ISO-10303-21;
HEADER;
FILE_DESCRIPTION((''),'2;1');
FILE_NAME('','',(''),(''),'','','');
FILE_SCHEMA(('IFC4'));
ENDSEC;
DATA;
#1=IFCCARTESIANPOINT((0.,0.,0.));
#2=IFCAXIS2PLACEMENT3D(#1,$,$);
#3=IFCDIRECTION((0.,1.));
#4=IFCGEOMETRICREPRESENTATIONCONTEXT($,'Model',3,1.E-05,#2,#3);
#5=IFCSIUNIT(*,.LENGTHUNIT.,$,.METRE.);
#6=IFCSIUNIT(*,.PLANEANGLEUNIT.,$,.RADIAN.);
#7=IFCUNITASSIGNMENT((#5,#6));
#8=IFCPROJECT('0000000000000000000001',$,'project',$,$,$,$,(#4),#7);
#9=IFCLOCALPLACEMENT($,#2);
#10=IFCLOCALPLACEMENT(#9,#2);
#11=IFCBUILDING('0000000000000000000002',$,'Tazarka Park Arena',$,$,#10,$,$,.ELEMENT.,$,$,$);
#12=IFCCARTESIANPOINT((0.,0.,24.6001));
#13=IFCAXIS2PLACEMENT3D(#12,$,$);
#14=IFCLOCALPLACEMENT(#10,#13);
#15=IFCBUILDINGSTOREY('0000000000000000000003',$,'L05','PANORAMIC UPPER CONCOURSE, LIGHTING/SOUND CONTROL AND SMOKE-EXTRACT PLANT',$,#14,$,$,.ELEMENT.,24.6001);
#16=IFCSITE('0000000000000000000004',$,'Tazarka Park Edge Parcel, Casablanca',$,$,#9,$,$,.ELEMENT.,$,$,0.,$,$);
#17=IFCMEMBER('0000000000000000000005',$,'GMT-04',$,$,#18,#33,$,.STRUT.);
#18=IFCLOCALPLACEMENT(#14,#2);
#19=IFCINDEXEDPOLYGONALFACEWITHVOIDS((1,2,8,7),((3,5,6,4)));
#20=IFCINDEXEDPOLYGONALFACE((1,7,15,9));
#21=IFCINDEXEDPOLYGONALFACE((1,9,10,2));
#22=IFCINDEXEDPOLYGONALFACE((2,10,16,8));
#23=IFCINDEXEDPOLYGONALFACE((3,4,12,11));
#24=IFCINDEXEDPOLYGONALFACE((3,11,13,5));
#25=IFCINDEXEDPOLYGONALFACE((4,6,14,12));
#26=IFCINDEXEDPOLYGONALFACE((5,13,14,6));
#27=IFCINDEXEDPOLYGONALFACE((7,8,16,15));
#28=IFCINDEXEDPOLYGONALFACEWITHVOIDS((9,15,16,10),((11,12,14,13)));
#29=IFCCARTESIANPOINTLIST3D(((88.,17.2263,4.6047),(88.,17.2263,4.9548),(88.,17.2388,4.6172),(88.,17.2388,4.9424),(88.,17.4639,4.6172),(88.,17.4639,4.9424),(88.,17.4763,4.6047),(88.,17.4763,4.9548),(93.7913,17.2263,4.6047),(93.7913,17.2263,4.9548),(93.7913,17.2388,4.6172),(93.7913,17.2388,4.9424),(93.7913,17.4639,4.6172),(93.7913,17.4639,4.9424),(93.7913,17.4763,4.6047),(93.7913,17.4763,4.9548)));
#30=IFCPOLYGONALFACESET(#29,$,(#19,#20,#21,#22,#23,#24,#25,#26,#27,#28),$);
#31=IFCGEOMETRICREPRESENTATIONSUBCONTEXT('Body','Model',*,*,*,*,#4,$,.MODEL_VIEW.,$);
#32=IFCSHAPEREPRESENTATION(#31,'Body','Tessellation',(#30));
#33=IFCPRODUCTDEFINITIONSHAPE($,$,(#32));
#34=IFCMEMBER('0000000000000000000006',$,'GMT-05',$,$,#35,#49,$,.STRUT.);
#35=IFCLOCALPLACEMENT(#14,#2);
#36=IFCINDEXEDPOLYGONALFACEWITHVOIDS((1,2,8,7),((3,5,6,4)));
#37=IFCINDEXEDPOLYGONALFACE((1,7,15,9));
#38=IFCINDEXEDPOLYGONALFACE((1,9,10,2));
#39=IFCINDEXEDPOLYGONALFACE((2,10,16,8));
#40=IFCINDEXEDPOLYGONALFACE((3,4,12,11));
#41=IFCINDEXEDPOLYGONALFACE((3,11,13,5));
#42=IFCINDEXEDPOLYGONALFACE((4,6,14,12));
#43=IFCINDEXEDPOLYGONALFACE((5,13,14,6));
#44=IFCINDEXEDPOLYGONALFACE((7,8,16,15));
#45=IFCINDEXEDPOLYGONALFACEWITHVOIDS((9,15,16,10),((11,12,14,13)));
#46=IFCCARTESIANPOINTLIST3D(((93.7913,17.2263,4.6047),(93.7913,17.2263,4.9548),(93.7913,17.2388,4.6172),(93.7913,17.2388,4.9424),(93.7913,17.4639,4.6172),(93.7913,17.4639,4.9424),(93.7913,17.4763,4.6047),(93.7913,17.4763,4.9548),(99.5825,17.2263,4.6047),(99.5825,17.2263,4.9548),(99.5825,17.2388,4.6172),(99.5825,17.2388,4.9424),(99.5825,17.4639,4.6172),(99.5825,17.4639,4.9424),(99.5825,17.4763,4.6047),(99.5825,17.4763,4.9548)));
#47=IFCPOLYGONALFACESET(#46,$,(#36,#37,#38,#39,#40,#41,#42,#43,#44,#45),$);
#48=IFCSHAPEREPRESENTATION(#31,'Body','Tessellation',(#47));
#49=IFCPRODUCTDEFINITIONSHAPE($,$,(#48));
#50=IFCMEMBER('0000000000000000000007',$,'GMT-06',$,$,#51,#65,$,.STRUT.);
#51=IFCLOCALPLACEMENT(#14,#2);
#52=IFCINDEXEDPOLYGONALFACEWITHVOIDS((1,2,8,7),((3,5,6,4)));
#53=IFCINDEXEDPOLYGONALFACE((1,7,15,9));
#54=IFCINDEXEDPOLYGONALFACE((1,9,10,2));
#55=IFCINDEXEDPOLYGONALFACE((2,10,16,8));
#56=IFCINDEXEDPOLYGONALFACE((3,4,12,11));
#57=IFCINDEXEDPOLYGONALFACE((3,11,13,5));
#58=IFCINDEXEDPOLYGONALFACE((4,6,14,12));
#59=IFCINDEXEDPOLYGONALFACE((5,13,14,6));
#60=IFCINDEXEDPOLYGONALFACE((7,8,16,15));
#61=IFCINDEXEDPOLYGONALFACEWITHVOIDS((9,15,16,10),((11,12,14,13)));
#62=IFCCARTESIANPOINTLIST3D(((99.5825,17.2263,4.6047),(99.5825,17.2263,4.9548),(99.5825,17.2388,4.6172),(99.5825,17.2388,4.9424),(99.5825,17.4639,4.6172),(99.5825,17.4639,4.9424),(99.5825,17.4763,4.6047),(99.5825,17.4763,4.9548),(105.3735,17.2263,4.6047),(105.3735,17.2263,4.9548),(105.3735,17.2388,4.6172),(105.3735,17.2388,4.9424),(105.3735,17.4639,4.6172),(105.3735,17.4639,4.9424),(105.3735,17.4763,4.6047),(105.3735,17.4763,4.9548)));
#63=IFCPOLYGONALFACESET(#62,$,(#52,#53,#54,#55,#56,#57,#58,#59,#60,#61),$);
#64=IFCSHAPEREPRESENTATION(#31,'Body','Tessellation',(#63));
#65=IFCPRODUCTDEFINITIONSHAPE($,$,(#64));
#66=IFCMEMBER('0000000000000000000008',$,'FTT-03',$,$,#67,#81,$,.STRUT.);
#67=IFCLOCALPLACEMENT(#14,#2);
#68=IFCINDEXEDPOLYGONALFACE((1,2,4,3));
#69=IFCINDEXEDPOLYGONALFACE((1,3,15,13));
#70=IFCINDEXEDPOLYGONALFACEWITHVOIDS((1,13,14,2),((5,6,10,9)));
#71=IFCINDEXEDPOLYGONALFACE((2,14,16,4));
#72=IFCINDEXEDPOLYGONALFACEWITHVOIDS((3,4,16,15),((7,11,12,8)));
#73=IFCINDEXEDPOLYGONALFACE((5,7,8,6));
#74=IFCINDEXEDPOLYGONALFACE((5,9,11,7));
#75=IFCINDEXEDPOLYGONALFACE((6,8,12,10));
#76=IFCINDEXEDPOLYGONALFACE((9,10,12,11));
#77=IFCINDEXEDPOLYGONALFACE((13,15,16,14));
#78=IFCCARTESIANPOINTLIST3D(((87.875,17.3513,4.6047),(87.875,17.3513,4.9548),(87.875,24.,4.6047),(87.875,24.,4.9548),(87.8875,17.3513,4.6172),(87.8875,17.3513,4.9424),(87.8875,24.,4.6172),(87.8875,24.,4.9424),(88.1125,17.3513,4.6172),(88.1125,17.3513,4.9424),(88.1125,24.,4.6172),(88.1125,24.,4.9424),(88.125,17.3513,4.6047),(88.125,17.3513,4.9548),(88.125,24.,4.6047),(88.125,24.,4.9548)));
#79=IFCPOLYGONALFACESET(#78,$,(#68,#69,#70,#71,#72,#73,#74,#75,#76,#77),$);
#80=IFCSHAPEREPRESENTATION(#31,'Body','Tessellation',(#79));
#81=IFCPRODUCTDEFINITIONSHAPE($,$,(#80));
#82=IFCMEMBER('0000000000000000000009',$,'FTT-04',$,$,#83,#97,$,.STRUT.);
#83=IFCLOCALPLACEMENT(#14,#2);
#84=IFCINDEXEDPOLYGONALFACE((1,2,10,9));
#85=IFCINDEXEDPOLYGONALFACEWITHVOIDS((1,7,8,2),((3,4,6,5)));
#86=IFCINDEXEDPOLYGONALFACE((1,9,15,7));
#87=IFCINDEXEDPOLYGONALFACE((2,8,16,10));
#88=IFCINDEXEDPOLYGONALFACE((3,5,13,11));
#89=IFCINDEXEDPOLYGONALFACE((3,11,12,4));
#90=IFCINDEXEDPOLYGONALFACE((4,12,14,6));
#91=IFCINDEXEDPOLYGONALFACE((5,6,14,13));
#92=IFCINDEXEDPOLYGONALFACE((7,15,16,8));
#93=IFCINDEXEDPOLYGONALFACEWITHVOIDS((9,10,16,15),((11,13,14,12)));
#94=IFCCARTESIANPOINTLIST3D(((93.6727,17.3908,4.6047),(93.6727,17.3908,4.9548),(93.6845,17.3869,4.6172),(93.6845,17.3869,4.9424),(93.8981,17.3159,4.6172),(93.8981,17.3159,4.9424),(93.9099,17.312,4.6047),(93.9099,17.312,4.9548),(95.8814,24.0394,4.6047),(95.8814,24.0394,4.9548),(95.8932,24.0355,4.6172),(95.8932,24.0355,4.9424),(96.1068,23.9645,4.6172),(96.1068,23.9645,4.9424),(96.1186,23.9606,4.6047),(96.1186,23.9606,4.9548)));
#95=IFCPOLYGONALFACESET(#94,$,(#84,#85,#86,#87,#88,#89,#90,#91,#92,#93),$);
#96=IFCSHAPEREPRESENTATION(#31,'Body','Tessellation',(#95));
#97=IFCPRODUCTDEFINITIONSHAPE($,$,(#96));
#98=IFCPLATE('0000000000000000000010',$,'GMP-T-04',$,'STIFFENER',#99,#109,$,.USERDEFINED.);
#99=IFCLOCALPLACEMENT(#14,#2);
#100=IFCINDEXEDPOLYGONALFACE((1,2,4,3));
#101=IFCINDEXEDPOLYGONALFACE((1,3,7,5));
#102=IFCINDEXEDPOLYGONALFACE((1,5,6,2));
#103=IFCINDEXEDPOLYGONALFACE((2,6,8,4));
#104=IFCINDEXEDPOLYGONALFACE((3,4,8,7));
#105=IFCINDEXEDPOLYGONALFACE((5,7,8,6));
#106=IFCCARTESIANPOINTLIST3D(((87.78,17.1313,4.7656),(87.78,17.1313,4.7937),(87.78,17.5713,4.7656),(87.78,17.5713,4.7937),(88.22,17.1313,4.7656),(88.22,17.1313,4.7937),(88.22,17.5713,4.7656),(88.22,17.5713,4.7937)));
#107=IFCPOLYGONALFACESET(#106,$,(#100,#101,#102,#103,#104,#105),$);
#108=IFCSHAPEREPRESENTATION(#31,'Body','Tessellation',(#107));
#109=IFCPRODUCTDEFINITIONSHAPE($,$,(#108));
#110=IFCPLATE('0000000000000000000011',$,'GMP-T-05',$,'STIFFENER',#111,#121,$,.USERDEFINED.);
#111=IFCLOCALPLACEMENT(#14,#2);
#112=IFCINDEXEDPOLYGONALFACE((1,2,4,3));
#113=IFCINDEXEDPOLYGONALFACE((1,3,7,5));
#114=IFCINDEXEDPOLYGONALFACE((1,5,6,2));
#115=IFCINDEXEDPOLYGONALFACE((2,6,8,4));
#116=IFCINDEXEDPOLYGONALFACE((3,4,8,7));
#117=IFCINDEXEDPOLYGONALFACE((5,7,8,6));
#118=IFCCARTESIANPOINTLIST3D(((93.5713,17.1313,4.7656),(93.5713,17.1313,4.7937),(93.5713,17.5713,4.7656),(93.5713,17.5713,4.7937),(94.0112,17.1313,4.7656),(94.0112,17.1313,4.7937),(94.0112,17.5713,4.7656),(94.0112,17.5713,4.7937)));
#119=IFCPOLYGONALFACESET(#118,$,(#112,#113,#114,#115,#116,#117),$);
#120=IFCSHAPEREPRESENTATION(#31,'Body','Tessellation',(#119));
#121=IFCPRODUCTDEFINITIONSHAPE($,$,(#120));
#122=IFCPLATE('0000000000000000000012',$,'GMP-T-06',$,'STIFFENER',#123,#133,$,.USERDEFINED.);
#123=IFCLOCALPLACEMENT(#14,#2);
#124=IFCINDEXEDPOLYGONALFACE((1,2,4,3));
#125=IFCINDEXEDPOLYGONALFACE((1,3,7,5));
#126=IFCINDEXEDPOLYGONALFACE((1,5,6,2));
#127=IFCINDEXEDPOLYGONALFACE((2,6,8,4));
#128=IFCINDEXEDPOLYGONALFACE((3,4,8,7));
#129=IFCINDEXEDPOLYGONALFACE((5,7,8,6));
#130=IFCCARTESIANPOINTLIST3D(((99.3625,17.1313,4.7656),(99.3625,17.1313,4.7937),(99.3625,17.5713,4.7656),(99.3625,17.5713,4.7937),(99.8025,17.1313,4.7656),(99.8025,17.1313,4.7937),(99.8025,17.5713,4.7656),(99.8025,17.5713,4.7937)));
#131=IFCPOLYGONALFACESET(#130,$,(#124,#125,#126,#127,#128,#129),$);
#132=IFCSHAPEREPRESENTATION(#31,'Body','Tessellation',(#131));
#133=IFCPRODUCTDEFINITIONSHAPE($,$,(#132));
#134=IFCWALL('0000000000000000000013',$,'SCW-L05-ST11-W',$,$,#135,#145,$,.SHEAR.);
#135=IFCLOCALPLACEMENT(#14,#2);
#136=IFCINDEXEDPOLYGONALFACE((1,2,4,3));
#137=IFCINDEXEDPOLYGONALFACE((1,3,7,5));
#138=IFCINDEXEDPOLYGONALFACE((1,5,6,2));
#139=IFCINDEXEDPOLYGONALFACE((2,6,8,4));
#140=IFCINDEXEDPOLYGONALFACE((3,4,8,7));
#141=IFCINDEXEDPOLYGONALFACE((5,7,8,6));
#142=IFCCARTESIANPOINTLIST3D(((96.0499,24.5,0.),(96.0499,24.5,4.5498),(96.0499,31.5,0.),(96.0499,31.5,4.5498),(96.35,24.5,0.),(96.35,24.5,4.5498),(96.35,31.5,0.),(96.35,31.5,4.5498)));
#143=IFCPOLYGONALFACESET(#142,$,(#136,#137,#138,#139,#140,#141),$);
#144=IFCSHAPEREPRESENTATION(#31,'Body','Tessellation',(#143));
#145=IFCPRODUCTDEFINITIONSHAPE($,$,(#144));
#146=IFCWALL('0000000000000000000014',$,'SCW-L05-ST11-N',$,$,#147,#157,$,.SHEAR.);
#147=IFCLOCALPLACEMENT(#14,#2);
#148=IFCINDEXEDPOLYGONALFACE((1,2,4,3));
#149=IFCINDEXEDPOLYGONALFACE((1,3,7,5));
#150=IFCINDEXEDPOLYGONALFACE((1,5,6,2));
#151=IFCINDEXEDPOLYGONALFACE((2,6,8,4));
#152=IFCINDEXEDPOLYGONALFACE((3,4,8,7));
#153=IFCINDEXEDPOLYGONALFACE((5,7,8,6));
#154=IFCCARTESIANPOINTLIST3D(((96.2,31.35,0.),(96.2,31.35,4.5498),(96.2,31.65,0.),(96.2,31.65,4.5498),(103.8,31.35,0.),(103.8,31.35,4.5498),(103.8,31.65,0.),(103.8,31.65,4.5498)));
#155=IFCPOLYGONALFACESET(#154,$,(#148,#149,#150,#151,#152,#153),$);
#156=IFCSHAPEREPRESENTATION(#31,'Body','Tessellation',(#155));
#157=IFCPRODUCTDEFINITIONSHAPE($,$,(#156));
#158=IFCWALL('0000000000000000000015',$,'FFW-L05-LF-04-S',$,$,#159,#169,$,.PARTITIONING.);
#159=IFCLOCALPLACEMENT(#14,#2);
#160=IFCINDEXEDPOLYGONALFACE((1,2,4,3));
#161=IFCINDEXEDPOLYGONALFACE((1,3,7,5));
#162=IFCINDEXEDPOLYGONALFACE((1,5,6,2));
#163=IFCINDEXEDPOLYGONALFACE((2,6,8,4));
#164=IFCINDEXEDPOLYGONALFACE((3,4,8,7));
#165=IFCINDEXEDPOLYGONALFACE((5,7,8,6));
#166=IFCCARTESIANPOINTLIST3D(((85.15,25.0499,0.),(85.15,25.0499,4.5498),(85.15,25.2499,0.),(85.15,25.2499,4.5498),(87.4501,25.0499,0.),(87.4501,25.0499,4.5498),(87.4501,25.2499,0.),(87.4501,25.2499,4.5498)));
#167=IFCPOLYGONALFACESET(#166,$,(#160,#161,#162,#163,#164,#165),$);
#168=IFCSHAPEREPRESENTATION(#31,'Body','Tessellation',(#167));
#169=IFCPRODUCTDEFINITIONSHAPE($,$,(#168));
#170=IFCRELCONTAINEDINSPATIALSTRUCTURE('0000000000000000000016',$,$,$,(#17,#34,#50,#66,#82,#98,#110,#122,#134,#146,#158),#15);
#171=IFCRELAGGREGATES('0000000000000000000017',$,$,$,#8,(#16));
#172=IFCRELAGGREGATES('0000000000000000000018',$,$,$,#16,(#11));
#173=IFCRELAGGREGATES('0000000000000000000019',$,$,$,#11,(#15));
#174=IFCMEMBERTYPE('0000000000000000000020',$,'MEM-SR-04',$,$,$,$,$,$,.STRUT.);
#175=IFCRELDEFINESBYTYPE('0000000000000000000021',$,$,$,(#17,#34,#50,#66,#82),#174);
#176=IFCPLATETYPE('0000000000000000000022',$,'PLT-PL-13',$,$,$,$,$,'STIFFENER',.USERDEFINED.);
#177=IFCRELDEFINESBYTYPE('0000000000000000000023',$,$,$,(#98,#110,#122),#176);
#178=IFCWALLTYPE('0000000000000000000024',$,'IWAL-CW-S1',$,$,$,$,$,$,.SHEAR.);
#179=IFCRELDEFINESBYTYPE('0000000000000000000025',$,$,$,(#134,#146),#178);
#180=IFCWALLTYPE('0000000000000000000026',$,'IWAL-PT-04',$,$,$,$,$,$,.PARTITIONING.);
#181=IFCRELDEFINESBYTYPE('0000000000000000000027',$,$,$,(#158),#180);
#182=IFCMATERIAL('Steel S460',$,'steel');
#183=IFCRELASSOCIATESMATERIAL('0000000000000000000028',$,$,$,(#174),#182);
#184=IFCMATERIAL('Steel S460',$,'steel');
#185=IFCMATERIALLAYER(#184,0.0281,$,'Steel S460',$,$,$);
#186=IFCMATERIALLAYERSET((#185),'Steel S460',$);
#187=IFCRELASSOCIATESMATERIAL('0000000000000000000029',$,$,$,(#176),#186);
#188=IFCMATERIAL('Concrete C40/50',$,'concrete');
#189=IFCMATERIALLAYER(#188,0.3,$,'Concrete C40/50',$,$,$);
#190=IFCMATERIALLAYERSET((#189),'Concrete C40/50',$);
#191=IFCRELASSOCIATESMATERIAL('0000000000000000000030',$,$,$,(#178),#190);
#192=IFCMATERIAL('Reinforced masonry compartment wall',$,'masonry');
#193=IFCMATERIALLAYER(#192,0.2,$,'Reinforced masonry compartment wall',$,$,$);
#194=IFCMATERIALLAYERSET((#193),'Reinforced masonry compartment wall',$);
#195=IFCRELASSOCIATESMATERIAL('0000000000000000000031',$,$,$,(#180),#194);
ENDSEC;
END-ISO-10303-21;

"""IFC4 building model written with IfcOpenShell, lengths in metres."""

from ifc_helpers import new_model, si_unit, direction, frame, frame_2d, origin, origin_2d, place, context, subcontext, project, spatial, rectangle, hollow_rectangle, extrude, material, layer, layer_set, material_profile, profile_set, type_object, element, save


model = new_model("IFC4")

# Units and contexts
model_context = context("Model", 3, precision=1e-05, world=origin(), true_north=direction((0.0, 1.0)))
body_context = subcontext(model_context, "Body", "Model", "MODEL_VIEW")
ifc_project = project(units=[si_unit("LENGTHUNIT", "METRE"), si_unit("PLANEANGLEUNIT", "RADIAN")], contexts=[model_context])

# Site, building, storey
site_placement = place(None, origin())
site = spatial("IfcSite", under=ifc_project, at=site_placement, Name="Tazarka Park Edge Parcel, Casablanca", CompositionType="ELEMENT", RefElevation=0.0)
building_placement = place(site_placement, origin())
building = spatial("IfcBuilding", under=site, at=building_placement, Name="Tazarka Park Arena", CompositionType="ELEMENT")
storey_placement = place(building_placement, frame((0.0, 0.0, 24.6001)))
storey = spatial("IfcBuildingStorey", under=building, at=storey_placement, Name="L05", Description="PANORAMIC UPPER CONCOURSE, LIGHTING/SOUND CONTROL AND SMOKE-EXTRACT PLANT", CompositionType="ELEMENT", Elevation=24.6001)

# Members
ifc_material_1 = material(Name="Steel S460", Category="steel")
ifc_material_profile_1 = material_profile(ifc_material_1, hollow_rectangle(XDim=0.25, YDim=0.3501, WallThickness=0.0125, at=origin_2d()), Name="Steel S460")
ifc_profile_set_1 = profile_set([ifc_material_profile_1], Name="Steel S460")
member_type_1 = type_object("IfcMemberType", Name="MEM-SR-04", PredefinedType="STRUT", material=ifc_profile_set_1)
for number, where, z_axis, x_axis, name in (
    (1, (88.0, 17.3513, 4.7798), (1.0, 0.0, 0.0), (0.0, 1.0, 0.0), "GMT-04"),
    (2, (93.7913, 17.3513, 4.7798), (1.0, 0.0, 0.0), (0.0, 1.0, 0.0), "GMT-05"),
):
    element("IfcMember", number, at=place(storey_placement, frame(where, z_axis=z_axis, x_axis=x_axis)), inside=storey, type_object=member_type_1, Name=name, PredefinedType="STRUT", context=body_context, shape_type="SweptSolid", body=[
        extrude(hollow_rectangle(XDim=0.25, YDim=0.3501, WallThickness=0.0125, at=origin_2d()), origin(), (0.0, 0.0, 1.0), 5.7913),
    ])
member_1_placement = place(storey_placement, frame((99.5825, 17.3513, 4.7798), z_axis=(1.0, 0.0, 0.0), x_axis=(0.0, 1.0, 0.0)))
element("IfcMember", 3, at=member_1_placement, inside=storey, type_object=member_type_1, Name="GMT-06", PredefinedType="STRUT", context=body_context, shape_type="SweptSolid", body=[
    extrude(hollow_rectangle(XDim=0.25, YDim=0.3501, WallThickness=0.0125, at=origin_2d()), origin(), (0.0, 0.0, 1.0), 5.791),
])
member_2_placement = place(storey_placement, frame((88.0, 24.0, 4.7798), z_axis=(0.0, -1.0, 0.0), x_axis=(1.0, 0.0, 0.0)))
element("IfcMember", 4, at=member_2_placement, inside=storey, type_object=member_type_1, Name="FTT-03", PredefinedType="STRUT", context=body_context, shape_type="SweptSolid", body=[
    extrude(hollow_rectangle(XDim=0.25, YDim=0.3501, WallThickness=0.0125, at=origin_2d()), origin(), (0.0, 0.0, 1.0), 6.6487),
])
member_3_placement = place(storey_placement, frame((96.0, 24.0, 4.7798), z_axis=(-0.315266, -0.949003, 0.0), x_axis=(0.949003, -0.315266, 0.0)))
element("IfcMember", 5, at=member_3_placement, inside=storey, type_object=member_type_1, Name="FTT-04", PredefinedType="STRUT", context=body_context, shape_type="SweptSolid", body=[
    extrude(hollow_rectangle(XDim=0.25, YDim=0.3501, WallThickness=0.0125, at=origin_2d()), origin(), (0.0, 0.0, 1.0), 7.0059),
])

# Plates
ifc_material_2 = material(Name="Steel S460", Category="steel")
ifc_layer_1 = layer(ifc_material_2, 0.0281, Name="Steel S460")
ifc_layer_set_1 = layer_set([ifc_layer_1], Name="Steel S460")
plate_type = type_object("IfcPlateType", Name="PLT-PL-13", ElementType="STIFFENER", PredefinedType="USERDEFINED", material=ifc_layer_set_1)
for number, where, z_axis, x_axis, name in (
    (6, (88.0, 17.3513, 4.7656), (0.0, 0.0, 1.0), (1.0, 0.0, 0.0), "GMP-T-04"),
    (7, (93.7913, 17.3513, 4.7656), (0.0, 0.0, 1.0), (1.0, 0.0, 0.0), "GMP-T-05"),
    (8, (99.5825, 17.3513, 4.7656), (0.0, 0.0, 1.0), (1.0, 0.0, 0.0), "GMP-T-06"),
):
    element("IfcPlate", number, at=place(storey_placement, frame(where, z_axis=z_axis, x_axis=x_axis)), inside=storey, type_object=plate_type, Name=name, ObjectType="STIFFENER", PredefinedType="USERDEFINED", context=body_context, shape_type="SweptSolid", body=[
        extrude(rectangle(XDim=0.4399, YDim=0.4399, at=origin_2d()), origin(), (0.0, 0.0, 1.0), 0.0281),
    ])

# Walls
ifc_material_3 = material(Name="Concrete C40/50", Category="concrete")
ifc_layer_2 = layer(ifc_material_3, 0.3, Name="Concrete C40/50")
ifc_layer_set_2 = layer_set([ifc_layer_2], Name="Concrete C40/50")
wall_type_1 = type_object("IfcWallType", Name="IWAL-CW-S1", PredefinedType="SHEAR", material=ifc_layer_set_2)
wall_1_placement = place(storey_placement, frame((96.2, 24.5, 0.0), z_axis=(0.0, 0.0, 1.0), x_axis=(0.0, 1.0, 0.0)))
element("IfcWall", 9, at=wall_1_placement, inside=storey, type_object=wall_type_1, Name="SCW-L05-ST11-W", PredefinedType="SHEAR", context=body_context, shape_type="SweptSolid", body=[
    extrude(rectangle(XDim=7.0, YDim=0.3, at=frame_2d((3.5, 0.0))), origin(), (0.0, 0.0, 1.0), 4.5498),
])
wall_2_placement = place(storey_placement, frame((96.2, 31.5, 0.0), z_axis=(0.0, 0.0, 1.0), x_axis=(1.0, 0.0, 0.0)))
element("IfcWall", 10, at=wall_2_placement, inside=storey, type_object=wall_type_1, Name="SCW-L05-ST11-N", PredefinedType="SHEAR", context=body_context, shape_type="SweptSolid", body=[
    extrude(rectangle(XDim=7.6001, YDim=0.3, at=frame_2d((3.8, 0.0))), origin(), (0.0, 0.0, 1.0), 4.5498),
])
ifc_material_4 = material(Name="Reinforced masonry compartment wall", Category="masonry")
ifc_layer_3 = layer(ifc_material_4, 0.2, Name="Reinforced masonry compartment wall")
ifc_layer_set_3 = layer_set([ifc_layer_3], Name="Reinforced masonry compartment wall")
wall_type_2 = type_object("IfcWallType", Name="IWAL-PT-04", PredefinedType="PARTITIONING", material=ifc_layer_set_3)
wall_3_placement = place(storey_placement, frame((87.45, 25.1499, 0.0), z_axis=(0.0, 0.0, 1.0), x_axis=(-1.0, 0.0, 0.0)))
element("IfcWall", 11, at=wall_3_placement, inside=storey, type_object=wall_type_2, Name="FFW-L05-LF-04-S", PredefinedType="PARTITIONING", context=body_context, shape_type="SweptSolid", body=[
    extrude(rectangle(XDim=2.3, YDim=0.2, at=frame_2d((1.1499, 0.0))), origin(), (0.0, 0.0, 1.0), 4.5498),
])

save(model, "model.ifc")
